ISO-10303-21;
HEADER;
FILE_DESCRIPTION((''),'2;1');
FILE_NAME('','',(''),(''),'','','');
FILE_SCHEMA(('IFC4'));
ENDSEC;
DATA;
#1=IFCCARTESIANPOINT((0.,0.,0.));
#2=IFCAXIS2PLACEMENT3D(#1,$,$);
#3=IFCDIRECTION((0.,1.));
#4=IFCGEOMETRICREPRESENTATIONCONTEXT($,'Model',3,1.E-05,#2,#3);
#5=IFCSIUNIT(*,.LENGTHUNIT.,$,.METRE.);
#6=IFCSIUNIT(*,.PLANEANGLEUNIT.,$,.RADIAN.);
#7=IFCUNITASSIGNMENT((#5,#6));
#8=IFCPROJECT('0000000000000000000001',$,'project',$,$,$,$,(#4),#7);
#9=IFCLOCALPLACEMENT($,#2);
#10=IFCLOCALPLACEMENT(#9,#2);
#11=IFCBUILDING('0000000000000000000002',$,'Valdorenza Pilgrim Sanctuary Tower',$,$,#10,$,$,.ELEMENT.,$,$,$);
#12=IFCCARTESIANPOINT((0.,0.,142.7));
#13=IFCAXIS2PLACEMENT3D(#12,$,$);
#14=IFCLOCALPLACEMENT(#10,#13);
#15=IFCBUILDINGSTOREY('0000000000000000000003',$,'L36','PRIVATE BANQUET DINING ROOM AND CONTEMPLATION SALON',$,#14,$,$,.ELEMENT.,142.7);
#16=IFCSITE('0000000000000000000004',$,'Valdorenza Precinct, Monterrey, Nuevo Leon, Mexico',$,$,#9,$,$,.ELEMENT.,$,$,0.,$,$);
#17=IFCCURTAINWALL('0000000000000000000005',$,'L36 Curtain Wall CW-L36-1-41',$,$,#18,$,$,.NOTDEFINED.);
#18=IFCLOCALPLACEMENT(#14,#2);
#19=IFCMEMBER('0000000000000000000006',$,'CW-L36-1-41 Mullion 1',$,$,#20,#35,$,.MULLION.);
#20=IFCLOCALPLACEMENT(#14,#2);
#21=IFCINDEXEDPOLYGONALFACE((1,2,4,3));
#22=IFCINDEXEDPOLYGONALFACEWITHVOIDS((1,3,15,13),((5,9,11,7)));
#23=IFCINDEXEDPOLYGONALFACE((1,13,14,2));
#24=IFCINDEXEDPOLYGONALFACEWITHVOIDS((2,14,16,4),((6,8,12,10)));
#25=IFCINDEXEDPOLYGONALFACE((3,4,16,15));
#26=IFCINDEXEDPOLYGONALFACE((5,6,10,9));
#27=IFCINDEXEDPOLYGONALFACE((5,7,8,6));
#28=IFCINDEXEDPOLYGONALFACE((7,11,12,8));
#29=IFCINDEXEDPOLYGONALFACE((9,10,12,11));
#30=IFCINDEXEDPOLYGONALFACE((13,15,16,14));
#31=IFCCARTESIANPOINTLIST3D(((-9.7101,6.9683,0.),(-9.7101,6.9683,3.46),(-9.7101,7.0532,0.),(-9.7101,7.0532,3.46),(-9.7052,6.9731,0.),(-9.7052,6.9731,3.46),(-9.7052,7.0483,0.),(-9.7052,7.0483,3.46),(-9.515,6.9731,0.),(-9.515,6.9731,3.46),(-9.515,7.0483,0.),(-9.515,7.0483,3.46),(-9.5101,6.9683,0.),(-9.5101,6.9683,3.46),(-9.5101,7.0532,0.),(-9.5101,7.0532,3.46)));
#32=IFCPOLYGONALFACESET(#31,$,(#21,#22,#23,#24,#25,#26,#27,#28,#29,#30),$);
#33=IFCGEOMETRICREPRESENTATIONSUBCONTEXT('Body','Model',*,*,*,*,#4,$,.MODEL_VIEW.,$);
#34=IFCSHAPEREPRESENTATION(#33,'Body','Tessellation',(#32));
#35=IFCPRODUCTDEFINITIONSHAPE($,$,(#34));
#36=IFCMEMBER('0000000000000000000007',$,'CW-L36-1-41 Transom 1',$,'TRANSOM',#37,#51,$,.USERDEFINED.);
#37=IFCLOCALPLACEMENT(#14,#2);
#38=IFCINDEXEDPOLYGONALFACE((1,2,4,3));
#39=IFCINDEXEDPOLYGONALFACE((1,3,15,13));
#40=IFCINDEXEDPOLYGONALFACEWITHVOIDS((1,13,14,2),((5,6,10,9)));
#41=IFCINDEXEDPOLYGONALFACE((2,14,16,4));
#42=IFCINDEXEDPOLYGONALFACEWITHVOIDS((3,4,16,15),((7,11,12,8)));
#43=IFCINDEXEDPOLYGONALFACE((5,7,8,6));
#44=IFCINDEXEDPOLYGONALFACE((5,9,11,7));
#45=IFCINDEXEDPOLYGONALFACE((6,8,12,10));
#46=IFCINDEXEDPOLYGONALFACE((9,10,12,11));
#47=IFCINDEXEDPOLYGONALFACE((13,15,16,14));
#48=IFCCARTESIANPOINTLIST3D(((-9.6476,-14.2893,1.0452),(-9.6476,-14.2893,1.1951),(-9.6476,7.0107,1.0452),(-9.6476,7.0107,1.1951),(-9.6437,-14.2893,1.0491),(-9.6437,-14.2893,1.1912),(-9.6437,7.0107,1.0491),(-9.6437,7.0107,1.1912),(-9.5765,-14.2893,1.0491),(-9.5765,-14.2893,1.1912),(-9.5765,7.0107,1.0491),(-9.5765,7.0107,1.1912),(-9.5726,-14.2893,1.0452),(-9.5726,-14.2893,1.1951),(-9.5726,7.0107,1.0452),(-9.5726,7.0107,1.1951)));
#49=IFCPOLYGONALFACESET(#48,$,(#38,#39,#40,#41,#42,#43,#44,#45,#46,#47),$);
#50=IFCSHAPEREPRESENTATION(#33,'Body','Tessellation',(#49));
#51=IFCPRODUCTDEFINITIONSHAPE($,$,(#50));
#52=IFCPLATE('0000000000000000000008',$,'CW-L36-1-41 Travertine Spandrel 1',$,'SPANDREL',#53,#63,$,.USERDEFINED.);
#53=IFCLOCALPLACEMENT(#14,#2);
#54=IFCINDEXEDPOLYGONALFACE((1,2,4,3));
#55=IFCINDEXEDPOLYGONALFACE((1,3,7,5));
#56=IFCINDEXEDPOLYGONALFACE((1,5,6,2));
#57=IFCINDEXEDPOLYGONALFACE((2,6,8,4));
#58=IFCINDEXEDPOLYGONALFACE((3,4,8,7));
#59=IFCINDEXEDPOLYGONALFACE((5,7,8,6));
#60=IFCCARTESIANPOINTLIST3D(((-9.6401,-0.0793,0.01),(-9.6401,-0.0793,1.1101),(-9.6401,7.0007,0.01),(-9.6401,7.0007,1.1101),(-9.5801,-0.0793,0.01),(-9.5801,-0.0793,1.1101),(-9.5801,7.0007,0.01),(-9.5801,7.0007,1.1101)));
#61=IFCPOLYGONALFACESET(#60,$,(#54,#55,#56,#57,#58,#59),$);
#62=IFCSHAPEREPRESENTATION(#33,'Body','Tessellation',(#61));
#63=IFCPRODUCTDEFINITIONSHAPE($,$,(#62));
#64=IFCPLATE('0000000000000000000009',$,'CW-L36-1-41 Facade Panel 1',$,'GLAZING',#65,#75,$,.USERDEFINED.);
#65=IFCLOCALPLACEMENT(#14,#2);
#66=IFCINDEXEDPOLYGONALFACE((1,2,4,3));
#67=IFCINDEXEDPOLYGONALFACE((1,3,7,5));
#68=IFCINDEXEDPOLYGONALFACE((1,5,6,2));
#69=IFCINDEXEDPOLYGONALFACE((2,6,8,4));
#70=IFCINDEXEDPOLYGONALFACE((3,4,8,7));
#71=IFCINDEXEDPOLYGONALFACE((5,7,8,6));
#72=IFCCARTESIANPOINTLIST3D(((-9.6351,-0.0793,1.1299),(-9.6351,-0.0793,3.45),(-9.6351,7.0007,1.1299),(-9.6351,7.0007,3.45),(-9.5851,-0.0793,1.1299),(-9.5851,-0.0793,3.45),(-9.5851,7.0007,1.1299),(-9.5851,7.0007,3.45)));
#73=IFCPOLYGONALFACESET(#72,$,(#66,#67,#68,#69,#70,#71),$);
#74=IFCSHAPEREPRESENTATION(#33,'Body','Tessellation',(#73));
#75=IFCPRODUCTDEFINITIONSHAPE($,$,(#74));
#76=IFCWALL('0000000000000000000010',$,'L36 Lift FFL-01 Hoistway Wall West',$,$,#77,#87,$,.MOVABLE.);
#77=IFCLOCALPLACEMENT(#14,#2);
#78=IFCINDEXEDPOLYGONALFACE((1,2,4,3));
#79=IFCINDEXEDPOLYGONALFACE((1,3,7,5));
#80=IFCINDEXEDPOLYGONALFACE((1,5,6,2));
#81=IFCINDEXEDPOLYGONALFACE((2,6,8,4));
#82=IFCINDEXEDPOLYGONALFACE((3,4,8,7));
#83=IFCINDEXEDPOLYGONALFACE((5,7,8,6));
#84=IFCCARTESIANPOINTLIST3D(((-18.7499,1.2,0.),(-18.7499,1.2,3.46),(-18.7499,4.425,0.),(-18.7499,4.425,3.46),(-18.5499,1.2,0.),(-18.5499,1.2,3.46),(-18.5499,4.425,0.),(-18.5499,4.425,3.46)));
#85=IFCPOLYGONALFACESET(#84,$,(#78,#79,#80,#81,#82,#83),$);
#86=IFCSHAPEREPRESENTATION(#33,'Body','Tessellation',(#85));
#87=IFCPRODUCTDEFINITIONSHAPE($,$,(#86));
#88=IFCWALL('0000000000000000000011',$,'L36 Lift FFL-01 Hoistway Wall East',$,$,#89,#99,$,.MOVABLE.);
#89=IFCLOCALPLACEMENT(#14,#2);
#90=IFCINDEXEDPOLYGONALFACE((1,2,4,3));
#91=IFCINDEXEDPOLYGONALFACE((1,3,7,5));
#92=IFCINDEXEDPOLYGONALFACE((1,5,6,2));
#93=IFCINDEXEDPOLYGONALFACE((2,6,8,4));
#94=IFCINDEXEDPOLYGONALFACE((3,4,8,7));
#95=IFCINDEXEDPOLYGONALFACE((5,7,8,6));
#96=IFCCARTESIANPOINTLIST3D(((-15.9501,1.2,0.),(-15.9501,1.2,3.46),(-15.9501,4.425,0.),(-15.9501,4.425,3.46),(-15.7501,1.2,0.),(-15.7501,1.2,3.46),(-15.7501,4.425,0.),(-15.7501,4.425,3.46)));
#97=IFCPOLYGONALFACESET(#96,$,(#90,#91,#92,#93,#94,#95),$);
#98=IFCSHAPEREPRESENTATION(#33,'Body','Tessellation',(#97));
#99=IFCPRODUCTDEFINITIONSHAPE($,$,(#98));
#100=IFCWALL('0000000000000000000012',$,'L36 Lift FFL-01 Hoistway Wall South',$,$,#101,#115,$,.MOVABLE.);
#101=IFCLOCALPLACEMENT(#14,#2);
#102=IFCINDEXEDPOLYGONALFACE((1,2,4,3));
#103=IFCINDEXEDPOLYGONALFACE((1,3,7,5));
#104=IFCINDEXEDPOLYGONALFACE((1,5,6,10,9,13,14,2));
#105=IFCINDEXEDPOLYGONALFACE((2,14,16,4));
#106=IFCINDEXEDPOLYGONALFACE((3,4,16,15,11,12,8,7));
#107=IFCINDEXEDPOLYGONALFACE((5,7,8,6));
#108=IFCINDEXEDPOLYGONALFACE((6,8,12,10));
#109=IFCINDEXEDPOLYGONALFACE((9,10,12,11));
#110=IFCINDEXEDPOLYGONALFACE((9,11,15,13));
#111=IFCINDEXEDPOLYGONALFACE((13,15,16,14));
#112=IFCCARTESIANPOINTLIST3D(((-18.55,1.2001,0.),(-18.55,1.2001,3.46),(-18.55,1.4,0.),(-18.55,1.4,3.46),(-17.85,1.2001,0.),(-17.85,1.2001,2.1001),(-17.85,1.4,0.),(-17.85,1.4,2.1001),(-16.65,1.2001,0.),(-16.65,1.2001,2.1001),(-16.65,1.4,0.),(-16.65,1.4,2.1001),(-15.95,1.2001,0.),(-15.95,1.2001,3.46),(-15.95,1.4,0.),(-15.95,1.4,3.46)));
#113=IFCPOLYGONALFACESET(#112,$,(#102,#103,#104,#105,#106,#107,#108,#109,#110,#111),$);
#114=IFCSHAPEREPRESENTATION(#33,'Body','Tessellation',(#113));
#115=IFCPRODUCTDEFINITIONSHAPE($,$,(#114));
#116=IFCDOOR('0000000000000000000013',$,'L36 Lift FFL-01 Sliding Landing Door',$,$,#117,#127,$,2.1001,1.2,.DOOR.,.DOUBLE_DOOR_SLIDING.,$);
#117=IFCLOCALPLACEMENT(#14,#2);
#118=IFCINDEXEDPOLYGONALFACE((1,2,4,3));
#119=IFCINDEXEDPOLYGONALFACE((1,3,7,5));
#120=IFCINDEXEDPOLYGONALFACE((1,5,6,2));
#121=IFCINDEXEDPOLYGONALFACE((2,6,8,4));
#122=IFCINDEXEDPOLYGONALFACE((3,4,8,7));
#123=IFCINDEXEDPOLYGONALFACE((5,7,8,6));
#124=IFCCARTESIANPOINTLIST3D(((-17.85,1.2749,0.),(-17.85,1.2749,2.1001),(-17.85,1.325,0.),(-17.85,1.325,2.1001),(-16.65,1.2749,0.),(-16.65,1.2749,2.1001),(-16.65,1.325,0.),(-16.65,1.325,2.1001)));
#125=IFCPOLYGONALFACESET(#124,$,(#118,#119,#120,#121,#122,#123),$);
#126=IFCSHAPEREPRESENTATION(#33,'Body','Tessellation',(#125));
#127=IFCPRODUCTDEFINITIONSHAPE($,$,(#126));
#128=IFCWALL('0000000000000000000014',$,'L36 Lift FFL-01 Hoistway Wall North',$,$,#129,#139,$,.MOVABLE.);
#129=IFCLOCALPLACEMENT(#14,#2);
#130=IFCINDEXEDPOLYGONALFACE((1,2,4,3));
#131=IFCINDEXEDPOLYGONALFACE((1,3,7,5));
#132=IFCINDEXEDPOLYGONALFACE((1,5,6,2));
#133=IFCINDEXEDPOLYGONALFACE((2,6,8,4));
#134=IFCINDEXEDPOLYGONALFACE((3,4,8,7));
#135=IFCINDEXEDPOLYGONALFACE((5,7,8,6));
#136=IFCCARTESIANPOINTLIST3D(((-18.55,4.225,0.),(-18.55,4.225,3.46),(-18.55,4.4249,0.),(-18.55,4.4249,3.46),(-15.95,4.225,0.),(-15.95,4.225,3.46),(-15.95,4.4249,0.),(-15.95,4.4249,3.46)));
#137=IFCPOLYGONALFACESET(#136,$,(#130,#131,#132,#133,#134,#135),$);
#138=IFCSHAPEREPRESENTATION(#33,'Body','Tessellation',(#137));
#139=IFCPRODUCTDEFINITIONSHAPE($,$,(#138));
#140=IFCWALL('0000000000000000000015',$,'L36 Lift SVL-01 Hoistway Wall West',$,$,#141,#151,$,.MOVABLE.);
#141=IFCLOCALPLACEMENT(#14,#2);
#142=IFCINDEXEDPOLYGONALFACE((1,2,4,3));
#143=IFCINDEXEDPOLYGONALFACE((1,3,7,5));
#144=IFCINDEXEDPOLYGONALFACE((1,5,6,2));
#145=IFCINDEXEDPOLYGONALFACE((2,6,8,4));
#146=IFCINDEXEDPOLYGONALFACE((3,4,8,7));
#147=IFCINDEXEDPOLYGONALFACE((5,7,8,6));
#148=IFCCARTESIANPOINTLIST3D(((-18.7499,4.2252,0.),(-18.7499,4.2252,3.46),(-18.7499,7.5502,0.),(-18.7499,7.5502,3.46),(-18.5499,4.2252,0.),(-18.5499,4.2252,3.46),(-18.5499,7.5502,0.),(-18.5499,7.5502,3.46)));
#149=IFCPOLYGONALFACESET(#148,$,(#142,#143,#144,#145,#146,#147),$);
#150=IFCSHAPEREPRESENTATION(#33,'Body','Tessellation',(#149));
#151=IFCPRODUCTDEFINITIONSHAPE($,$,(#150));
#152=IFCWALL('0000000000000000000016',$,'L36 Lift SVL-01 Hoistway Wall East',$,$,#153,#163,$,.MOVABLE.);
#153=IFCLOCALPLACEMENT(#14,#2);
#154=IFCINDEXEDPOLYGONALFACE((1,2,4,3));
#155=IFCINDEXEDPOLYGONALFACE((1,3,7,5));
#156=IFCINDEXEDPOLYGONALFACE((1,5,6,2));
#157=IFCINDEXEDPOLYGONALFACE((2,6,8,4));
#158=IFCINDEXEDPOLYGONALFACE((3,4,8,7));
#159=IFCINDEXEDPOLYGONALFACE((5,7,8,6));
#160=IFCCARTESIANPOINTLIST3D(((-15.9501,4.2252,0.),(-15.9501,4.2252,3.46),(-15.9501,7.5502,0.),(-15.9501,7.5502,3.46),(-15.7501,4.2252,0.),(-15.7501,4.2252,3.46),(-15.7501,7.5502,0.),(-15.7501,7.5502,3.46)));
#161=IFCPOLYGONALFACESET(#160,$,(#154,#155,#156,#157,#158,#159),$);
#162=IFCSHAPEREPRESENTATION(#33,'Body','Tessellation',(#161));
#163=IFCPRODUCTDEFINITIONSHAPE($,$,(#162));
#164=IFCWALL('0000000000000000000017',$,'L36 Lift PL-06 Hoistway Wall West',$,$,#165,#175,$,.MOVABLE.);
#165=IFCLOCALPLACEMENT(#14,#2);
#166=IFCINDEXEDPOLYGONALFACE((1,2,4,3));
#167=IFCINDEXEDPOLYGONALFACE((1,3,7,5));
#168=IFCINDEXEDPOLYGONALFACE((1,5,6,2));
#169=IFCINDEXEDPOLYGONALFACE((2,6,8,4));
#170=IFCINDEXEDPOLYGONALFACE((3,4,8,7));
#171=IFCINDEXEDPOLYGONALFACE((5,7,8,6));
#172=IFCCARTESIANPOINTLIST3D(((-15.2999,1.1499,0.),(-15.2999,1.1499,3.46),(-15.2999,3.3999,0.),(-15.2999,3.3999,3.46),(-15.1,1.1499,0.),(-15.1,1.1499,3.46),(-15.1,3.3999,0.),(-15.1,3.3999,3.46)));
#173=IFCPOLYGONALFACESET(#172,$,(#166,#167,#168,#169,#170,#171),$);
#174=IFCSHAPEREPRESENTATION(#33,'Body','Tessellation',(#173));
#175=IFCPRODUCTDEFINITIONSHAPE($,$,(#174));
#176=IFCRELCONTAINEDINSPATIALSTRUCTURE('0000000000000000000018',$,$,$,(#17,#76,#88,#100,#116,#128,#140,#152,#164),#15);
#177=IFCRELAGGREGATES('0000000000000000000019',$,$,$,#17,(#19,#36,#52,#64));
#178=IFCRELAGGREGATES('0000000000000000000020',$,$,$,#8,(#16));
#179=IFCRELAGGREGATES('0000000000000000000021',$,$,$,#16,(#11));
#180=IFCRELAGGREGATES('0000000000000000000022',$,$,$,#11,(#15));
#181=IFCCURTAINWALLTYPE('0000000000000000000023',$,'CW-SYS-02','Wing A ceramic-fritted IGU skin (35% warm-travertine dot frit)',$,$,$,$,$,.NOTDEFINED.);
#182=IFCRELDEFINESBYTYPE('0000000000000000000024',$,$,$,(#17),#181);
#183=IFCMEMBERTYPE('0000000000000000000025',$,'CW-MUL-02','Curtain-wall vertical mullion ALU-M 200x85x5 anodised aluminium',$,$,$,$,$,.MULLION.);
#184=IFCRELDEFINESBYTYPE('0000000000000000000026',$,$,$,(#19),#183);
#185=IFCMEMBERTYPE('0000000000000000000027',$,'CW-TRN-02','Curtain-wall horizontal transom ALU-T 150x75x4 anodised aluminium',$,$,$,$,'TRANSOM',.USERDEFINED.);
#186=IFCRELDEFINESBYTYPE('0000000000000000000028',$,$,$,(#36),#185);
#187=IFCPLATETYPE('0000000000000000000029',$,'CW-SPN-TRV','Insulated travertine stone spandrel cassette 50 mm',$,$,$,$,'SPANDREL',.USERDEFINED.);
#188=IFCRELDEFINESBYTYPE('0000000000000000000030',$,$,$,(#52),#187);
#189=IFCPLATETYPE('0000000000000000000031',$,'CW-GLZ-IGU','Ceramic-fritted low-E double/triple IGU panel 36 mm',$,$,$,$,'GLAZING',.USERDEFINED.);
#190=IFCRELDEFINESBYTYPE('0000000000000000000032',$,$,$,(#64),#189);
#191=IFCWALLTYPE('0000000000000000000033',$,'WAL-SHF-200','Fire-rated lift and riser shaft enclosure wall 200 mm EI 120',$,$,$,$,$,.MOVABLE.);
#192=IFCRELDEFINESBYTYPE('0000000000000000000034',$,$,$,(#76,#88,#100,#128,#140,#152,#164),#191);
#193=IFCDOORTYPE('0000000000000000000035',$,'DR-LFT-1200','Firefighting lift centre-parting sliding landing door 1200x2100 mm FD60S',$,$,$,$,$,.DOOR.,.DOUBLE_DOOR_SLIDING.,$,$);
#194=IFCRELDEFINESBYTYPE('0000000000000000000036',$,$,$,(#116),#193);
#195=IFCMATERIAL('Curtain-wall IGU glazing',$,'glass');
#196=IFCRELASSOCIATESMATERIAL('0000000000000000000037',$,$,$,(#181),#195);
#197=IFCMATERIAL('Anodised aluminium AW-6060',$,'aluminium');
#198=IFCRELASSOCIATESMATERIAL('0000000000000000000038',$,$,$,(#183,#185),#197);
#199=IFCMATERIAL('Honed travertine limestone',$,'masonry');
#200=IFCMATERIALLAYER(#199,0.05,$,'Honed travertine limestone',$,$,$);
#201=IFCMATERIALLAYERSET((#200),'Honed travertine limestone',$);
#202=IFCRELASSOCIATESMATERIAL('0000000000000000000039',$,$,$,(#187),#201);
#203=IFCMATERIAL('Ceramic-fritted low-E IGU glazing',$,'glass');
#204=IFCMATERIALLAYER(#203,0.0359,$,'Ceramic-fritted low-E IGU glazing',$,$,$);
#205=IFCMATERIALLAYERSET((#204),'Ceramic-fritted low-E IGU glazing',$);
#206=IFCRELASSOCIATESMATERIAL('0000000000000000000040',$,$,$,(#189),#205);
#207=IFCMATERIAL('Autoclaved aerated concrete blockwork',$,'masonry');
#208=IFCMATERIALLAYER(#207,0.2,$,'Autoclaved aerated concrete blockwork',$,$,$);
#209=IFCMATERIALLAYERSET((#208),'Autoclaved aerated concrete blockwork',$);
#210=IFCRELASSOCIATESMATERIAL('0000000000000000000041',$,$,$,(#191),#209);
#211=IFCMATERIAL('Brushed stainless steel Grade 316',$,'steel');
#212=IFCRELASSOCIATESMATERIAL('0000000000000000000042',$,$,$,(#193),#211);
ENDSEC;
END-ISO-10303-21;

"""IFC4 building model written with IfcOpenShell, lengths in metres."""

from ifc_helpers import new_model, si_unit, direction, frame, frame_2d, origin, origin_2d, place, context, subcontext, project, spatial, rectangle, hollow_rectangle, extrude, source, transform, mapped, material, layer, layer_set, material_profile, profile_set, type_object, element, fill, aggregate, save


model = new_model("IFC4")

# Units and contexts
model_context = context("Model", 3, precision=1e-05, world=origin(), true_north=direction((0.0, 1.0)))
body_context = subcontext(model_context, "Body", "Model", "MODEL_VIEW")
ifc_project = project(units=[si_unit("LENGTHUNIT", "METRE"), si_unit("PLANEANGLEUNIT", "RADIAN")], contexts=[model_context])

# Site, building, storey
site_placement = place(None, origin())
site = spatial("IfcSite", under=ifc_project, at=site_placement, Name="Valdorenza Precinct, Monterrey, Nuevo Leon, Mexico", CompositionType="ELEMENT", RefElevation=0.0)
building_placement = place(site_placement, origin())
building = spatial("IfcBuilding", under=site, at=building_placement, Name="Valdorenza Pilgrim Sanctuary Tower", CompositionType="ELEMENT")
storey_placement = place(building_placement, frame((0.0, 0.0, 142.7)))
storey = spatial("IfcBuildingStorey", under=building, at=storey_placement, Name="L36", Description="PRIVATE BANQUET DINING ROOM AND CONTEMPLATION SALON", CompositionType="ELEMENT", Elevation=142.7)

# Curtain wall, members, plates
ifc_material_1 = material(Name="Curtain-wall IGU glazing", Category="glass")
curtain_wall_type = type_object("IfcCurtainWallType", Name="CW-SYS-02", Description="Wing A ceramic-fritted IGU skin (35% warm-travertine dot frit)", PredefinedType="NOTDEFINED", material=ifc_material_1)
curtain_wall_placement = place(storey_placement, origin())
curtain_wall = element("IfcCurtainWall", 1, at=curtain_wall_placement, inside=storey, type_object=curtain_wall_type, Name="L36 Curtain Wall CW-L36-1-41", PredefinedType="NOTDEFINED")
ifc_material_2 = material(Name="Anodised aluminium AW-6060", Category="aluminium")
ifc_material_profile_1 = material_profile(ifc_material_2, hollow_rectangle(XDim=0.085, YDim=0.2, WallThickness=0.0049, at=origin_2d()), Name="ALU-M 200x85x5")
ifc_profile_set_1 = profile_set([ifc_material_profile_1], Name="Anodised aluminium AW-6060")
member_type_1 = type_object("IfcMemberType", Name="CW-MUL-02", Description="Curtain-wall vertical mullion ALU-M 200x85x5 anodised aluminium", PredefinedType="MULLION", material=ifc_profile_set_1)
shared_shape_1 = source(origin(), body_context, "Body", "SweptSolid", [
    extrude(hollow_rectangle(XDim=0.085, YDim=0.2, WallThickness=0.0049, at=origin_2d()), origin(), (0.0, 0.0, 1.0), 3.46),
])
member_1_placement = place(storey_placement, frame((-9.6101, 7.0107, 0.0), z_axis=(0.0, 0.0, 1.0), x_axis=(0.0, -1.0, 0.0)))
member_1 = element("IfcMember", 2, at=member_1_placement, type_object=member_type_1, Name="CW-L36-1-41 Mullion 1", PredefinedType="MULLION", context=body_context, shape_type="MappedRepresentation", body=[
    mapped(shared_shape_1, transform((0.0, 0.0, 0.0), x_axis=(1.0, 0.0, 0.0), y_axis=(0.0, 1.0, 0.0), z_axis=(0.0, 0.0, 1.0), scale=1.0)),
])
ifc_material_profile_2 = material_profile(ifc_material_2, hollow_rectangle(XDim=0.075, YDim=0.1499, WallThickness=0.0039, at=origin_2d()), Name="ALU-T 150x75x4")
ifc_profile_set_2 = profile_set([ifc_material_profile_2], Name="Anodised aluminium AW-6060")
member_type_2 = type_object("IfcMemberType", Name="CW-TRN-02", Description="Curtain-wall horizontal transom ALU-T 150x75x4 anodised aluminium", ElementType="TRANSOM", PredefinedType="USERDEFINED", material=ifc_profile_set_2)
shared_shape_2 = source(origin(), body_context, "Body", "SweptSolid", [
    extrude(hollow_rectangle(XDim=0.075, YDim=0.1499, WallThickness=0.0039, at=origin_2d()), origin(), (0.0, 0.0, 1.0), 21.3),
])
member_2_placement = place(storey_placement, frame((-9.6101, 7.0107, 1.1201), z_axis=(0.0, -1.0, 0.0), x_axis=(1.0, 0.0, 0.0)))
member_2 = element("IfcMember", 3, at=member_2_placement, type_object=member_type_2, Name="CW-L36-1-41 Transom 1", ObjectType="TRANSOM", PredefinedType="USERDEFINED", context=body_context, shape_type="MappedRepresentation", body=[
    mapped(shared_shape_2, transform((0.0, 0.0, 0.0), x_axis=(1.0, 0.0, 0.0), y_axis=(0.0, 1.0, 0.0), z_axis=(0.0, 0.0, 1.0), scale=1.0)),
])
ifc_material_3 = material(Name="Honed travertine limestone", Category="masonry")
ifc_layer_1 = layer(ifc_material_3, 0.05, Name="Honed travertine limestone")
ifc_layer_set_1 = layer_set([ifc_layer_1], Name="Honed travertine limestone")
plate_type_1 = type_object("IfcPlateType", Name="CW-SPN-TRV", Description="Insulated travertine stone spandrel cassette 50 mm", ElementType="SPANDREL", PredefinedType="USERDEFINED", material=ifc_layer_set_1)
shared_shape_3 = source(origin(), body_context, "Body", "SweptSolid", [
    extrude(rectangle(XDim=7.0801, YDim=0.0601, at=origin_2d()), origin(), (0.0, 0.0, 1.0), 1.1001),
])
plate_1_placement = place(storey_placement, frame((-9.6101, 3.4607, 0.01), z_axis=(0.0, 0.0, 1.0), x_axis=(0.0, -1.0, 0.0)))
plate_1 = element("IfcPlate", 4, at=plate_1_placement, type_object=plate_type_1, Name="CW-L36-1-41 Travertine Spandrel 1", ObjectType="SPANDREL", PredefinedType="USERDEFINED", context=body_context, shape_type="MappedRepresentation", body=[
    mapped(shared_shape_3, transform((0.0, 0.0, 0.0), x_axis=(1.0, 0.0, 0.0), y_axis=(0.0, 1.0, 0.0), z_axis=(0.0, 0.0, 1.0), scale=1.0)),
])
ifc_material_4 = material(Name="Ceramic-fritted low-E IGU glazing", Category="glass")
ifc_layer_2 = layer(ifc_material_4, 0.0359, Name="Ceramic-fritted low-E IGU glazing")
ifc_layer_set_2 = layer_set([ifc_layer_2], Name="Ceramic-fritted low-E IGU glazing")
plate_type_2 = type_object("IfcPlateType", Name="CW-GLZ-IGU", Description="Ceramic-fritted low-E double/triple IGU panel 36 mm", ElementType="GLAZING", PredefinedType="USERDEFINED", material=ifc_layer_set_2)
shared_shape_4 = source(origin(), body_context, "Body", "SweptSolid", [
    extrude(rectangle(XDim=7.0801, YDim=0.05, at=origin_2d()), origin(), (0.0, 0.0, 1.0), 2.3201),
])
plate_2_placement = place(storey_placement, frame((-9.6101, 3.4607, 1.1299), z_axis=(0.0, 0.0, 1.0), x_axis=(0.0, -1.0, 0.0)))
plate_2 = element("IfcPlate", 5, at=plate_2_placement, type_object=plate_type_2, Name="CW-L36-1-41 Facade Panel 1", ObjectType="GLAZING", PredefinedType="USERDEFINED", context=body_context, shape_type="MappedRepresentation", body=[
    mapped(shared_shape_4, transform((0.0, 0.0, 0.0), x_axis=(1.0, 0.0, 0.0), y_axis=(0.0, 1.0, 0.0), z_axis=(0.0, 0.0, 1.0), scale=1.0)),
])
aggregate(curtain_wall, [member_1, member_2, plate_1, plate_2])

# Walls
ifc_material_5 = material(Name="Autoclaved aerated concrete blockwork", Category="masonry")
ifc_layer_3 = layer(ifc_material_5, 0.2, Name="Autoclaved aerated concrete blockwork")
ifc_layer_set_3 = layer_set([ifc_layer_3], Name="Autoclaved aerated concrete blockwork")
wall_type_1 = type_object("IfcWallType", Name="WAL-SHF-200", Description="Fire-rated lift and riser shaft enclosure wall 200 mm EI 120", PredefinedType="MOVABLE", material=ifc_layer_set_3)
for number, where, z_axis, x_axis, name in (
    (6, (-18.6499, 1.2, 0.0), (0.0, 0.0, 1.0), (0.0, 1.0, 0.0), "L36 Lift FFL-01 Hoistway Wall West"),
    (7, (-15.8501, 1.2, 0.0), (0.0, 0.0, 1.0), (0.0, 1.0, 0.0), "L36 Lift FFL-01 Hoistway Wall East"),
):
    element("IfcWall", number, at=place(storey_placement, frame(where, z_axis=z_axis, x_axis=x_axis)), inside=storey, type_object=wall_type_1, Name=name, PredefinedType="MOVABLE", context=body_context, shape_type="SweptSolid", body=[
        extrude(rectangle(XDim=3.2251, YDim=0.2, at=frame_2d((1.6125, 0.0))), origin(), (0.0, 0.0, 1.0), 3.46),
    ])

# Wall, opening, door
wall_1_placement = place(storey_placement, frame((-18.55, 1.3, 0.0), z_axis=(0.0, 0.0, 1.0), x_axis=(1.0, 0.0, 0.0)))
wall_1 = element("IfcWall", 8, at=wall_1_placement, inside=storey, type_object=wall_type_1, Name="L36 Lift FFL-01 Hoistway Wall South", PredefinedType="MOVABLE", context=body_context, shape_type="SweptSolid", body=[
    extrude(rectangle(XDim=2.6001, YDim=0.2, at=frame_2d((1.3, 0.0))), origin(), (0.0, 0.0, 1.0), 3.46),
])
opening_1_placement = place(wall_1_placement, frame((0.7, 0.0, 0.0)))
opening_1 = element("IfcOpeningElement", 9, at=opening_1_placement, cuts=wall_1, PredefinedType="OPENING", context=body_context, shape_type="SweptSolid", body=[
    extrude(rectangle(XDim=1.2, YDim=2.1001, at=frame_2d((0.6001, 1.05))), frame((0.0, 0.1147, 0.0), z_axis=(0.0, -1.0, 0.0), x_axis=(1.0, 0.0, 0.0)), (0.0, 0.0, 1.0), 0.2297),
])
ifc_material_6 = material(Name="Brushed stainless steel Grade 316", Category="steel")
door_type_1 = type_object("IfcDoorType", Name="DR-LFT-1200", Description="Firefighting lift centre-parting sliding landing door 1200x2100 mm FD60S", OperationType="DOUBLE_DOOR_SLIDING", PredefinedType="DOOR", material=ifc_material_6)
door_1_placement = place(opening_1_placement, origin())
door_1 = element("IfcDoor", 10, at=door_1_placement, inside=storey, type_object=door_type_1, Name="L36 Lift FFL-01 Sliding Landing Door", OperationType="DOUBLE_DOOR_SLIDING", OverallHeight=2.1001, OverallWidth=1.2, PredefinedType="DOOR", context=body_context, shape_type="SweptSolid", body=[
    extrude(rectangle(XDim=1.2, YDim=2.1001, at=frame_2d((0.6001, 1.05))), frame((0.0, 0.0249, 0.0), z_axis=(0.0, -1.0, 0.0), x_axis=(1.0, 0.0, 0.0)), (0.0, 0.0, 1.0), 0.05),
])
fill(opening_1, door_1)

# Walls
wall_2_placement = place(storey_placement, frame((-18.55, 4.325, 0.0), z_axis=(0.0, 0.0, 1.0), x_axis=(1.0, 0.0, 0.0)))
element("IfcWall", 11, at=wall_2_placement, inside=storey, type_object=wall_type_1, Name="L36 Lift FFL-01 Hoistway Wall North", PredefinedType="MOVABLE", context=body_context, shape_type="SweptSolid", body=[
    extrude(rectangle(XDim=2.6001, YDim=0.2, at=frame_2d((1.3, 0.0))), origin(), (0.0, 0.0, 1.0), 3.46),
])
for number, where, z_axis, x_axis, name in (
    (12, (-18.6499, 4.2251, 0.0), (0.0, 0.0, 1.0), (0.0, 1.0, 0.0), "L36 Lift SVL-01 Hoistway Wall West"),
    (13, (-15.8501, 4.2251, 0.0), (0.0, 0.0, 1.0), (0.0, 1.0, 0.0), "L36 Lift SVL-01 Hoistway Wall East"),
):
    element("IfcWall", number, at=place(storey_placement, frame(where, z_axis=z_axis, x_axis=x_axis)), inside=storey, type_object=wall_type_1, Name=name, PredefinedType="MOVABLE", context=body_context, shape_type="SweptSolid", body=[
        extrude(rectangle(XDim=3.325, YDim=0.2, at=frame_2d((1.6626, 0.0))), origin(), (0.0, 0.0, 1.0), 3.46),
    ])
wall_3_placement = place(storey_placement, frame((-15.2, 1.1499, 0.0), z_axis=(0.0, 0.0, 1.0), x_axis=(0.0, 1.0, 0.0)))
element("IfcWall", 14, at=wall_3_placement, inside=storey, type_object=wall_type_1, Name="L36 Lift PL-06 Hoistway Wall West", PredefinedType="MOVABLE", context=body_context, shape_type="SweptSolid", body=[
    extrude(rectangle(XDim=2.25, YDim=0.2, at=frame_2d((1.125, 0.0))), origin(), (0.0, 0.0, 1.0), 3.46),
])

save(model, "model.ifc")
